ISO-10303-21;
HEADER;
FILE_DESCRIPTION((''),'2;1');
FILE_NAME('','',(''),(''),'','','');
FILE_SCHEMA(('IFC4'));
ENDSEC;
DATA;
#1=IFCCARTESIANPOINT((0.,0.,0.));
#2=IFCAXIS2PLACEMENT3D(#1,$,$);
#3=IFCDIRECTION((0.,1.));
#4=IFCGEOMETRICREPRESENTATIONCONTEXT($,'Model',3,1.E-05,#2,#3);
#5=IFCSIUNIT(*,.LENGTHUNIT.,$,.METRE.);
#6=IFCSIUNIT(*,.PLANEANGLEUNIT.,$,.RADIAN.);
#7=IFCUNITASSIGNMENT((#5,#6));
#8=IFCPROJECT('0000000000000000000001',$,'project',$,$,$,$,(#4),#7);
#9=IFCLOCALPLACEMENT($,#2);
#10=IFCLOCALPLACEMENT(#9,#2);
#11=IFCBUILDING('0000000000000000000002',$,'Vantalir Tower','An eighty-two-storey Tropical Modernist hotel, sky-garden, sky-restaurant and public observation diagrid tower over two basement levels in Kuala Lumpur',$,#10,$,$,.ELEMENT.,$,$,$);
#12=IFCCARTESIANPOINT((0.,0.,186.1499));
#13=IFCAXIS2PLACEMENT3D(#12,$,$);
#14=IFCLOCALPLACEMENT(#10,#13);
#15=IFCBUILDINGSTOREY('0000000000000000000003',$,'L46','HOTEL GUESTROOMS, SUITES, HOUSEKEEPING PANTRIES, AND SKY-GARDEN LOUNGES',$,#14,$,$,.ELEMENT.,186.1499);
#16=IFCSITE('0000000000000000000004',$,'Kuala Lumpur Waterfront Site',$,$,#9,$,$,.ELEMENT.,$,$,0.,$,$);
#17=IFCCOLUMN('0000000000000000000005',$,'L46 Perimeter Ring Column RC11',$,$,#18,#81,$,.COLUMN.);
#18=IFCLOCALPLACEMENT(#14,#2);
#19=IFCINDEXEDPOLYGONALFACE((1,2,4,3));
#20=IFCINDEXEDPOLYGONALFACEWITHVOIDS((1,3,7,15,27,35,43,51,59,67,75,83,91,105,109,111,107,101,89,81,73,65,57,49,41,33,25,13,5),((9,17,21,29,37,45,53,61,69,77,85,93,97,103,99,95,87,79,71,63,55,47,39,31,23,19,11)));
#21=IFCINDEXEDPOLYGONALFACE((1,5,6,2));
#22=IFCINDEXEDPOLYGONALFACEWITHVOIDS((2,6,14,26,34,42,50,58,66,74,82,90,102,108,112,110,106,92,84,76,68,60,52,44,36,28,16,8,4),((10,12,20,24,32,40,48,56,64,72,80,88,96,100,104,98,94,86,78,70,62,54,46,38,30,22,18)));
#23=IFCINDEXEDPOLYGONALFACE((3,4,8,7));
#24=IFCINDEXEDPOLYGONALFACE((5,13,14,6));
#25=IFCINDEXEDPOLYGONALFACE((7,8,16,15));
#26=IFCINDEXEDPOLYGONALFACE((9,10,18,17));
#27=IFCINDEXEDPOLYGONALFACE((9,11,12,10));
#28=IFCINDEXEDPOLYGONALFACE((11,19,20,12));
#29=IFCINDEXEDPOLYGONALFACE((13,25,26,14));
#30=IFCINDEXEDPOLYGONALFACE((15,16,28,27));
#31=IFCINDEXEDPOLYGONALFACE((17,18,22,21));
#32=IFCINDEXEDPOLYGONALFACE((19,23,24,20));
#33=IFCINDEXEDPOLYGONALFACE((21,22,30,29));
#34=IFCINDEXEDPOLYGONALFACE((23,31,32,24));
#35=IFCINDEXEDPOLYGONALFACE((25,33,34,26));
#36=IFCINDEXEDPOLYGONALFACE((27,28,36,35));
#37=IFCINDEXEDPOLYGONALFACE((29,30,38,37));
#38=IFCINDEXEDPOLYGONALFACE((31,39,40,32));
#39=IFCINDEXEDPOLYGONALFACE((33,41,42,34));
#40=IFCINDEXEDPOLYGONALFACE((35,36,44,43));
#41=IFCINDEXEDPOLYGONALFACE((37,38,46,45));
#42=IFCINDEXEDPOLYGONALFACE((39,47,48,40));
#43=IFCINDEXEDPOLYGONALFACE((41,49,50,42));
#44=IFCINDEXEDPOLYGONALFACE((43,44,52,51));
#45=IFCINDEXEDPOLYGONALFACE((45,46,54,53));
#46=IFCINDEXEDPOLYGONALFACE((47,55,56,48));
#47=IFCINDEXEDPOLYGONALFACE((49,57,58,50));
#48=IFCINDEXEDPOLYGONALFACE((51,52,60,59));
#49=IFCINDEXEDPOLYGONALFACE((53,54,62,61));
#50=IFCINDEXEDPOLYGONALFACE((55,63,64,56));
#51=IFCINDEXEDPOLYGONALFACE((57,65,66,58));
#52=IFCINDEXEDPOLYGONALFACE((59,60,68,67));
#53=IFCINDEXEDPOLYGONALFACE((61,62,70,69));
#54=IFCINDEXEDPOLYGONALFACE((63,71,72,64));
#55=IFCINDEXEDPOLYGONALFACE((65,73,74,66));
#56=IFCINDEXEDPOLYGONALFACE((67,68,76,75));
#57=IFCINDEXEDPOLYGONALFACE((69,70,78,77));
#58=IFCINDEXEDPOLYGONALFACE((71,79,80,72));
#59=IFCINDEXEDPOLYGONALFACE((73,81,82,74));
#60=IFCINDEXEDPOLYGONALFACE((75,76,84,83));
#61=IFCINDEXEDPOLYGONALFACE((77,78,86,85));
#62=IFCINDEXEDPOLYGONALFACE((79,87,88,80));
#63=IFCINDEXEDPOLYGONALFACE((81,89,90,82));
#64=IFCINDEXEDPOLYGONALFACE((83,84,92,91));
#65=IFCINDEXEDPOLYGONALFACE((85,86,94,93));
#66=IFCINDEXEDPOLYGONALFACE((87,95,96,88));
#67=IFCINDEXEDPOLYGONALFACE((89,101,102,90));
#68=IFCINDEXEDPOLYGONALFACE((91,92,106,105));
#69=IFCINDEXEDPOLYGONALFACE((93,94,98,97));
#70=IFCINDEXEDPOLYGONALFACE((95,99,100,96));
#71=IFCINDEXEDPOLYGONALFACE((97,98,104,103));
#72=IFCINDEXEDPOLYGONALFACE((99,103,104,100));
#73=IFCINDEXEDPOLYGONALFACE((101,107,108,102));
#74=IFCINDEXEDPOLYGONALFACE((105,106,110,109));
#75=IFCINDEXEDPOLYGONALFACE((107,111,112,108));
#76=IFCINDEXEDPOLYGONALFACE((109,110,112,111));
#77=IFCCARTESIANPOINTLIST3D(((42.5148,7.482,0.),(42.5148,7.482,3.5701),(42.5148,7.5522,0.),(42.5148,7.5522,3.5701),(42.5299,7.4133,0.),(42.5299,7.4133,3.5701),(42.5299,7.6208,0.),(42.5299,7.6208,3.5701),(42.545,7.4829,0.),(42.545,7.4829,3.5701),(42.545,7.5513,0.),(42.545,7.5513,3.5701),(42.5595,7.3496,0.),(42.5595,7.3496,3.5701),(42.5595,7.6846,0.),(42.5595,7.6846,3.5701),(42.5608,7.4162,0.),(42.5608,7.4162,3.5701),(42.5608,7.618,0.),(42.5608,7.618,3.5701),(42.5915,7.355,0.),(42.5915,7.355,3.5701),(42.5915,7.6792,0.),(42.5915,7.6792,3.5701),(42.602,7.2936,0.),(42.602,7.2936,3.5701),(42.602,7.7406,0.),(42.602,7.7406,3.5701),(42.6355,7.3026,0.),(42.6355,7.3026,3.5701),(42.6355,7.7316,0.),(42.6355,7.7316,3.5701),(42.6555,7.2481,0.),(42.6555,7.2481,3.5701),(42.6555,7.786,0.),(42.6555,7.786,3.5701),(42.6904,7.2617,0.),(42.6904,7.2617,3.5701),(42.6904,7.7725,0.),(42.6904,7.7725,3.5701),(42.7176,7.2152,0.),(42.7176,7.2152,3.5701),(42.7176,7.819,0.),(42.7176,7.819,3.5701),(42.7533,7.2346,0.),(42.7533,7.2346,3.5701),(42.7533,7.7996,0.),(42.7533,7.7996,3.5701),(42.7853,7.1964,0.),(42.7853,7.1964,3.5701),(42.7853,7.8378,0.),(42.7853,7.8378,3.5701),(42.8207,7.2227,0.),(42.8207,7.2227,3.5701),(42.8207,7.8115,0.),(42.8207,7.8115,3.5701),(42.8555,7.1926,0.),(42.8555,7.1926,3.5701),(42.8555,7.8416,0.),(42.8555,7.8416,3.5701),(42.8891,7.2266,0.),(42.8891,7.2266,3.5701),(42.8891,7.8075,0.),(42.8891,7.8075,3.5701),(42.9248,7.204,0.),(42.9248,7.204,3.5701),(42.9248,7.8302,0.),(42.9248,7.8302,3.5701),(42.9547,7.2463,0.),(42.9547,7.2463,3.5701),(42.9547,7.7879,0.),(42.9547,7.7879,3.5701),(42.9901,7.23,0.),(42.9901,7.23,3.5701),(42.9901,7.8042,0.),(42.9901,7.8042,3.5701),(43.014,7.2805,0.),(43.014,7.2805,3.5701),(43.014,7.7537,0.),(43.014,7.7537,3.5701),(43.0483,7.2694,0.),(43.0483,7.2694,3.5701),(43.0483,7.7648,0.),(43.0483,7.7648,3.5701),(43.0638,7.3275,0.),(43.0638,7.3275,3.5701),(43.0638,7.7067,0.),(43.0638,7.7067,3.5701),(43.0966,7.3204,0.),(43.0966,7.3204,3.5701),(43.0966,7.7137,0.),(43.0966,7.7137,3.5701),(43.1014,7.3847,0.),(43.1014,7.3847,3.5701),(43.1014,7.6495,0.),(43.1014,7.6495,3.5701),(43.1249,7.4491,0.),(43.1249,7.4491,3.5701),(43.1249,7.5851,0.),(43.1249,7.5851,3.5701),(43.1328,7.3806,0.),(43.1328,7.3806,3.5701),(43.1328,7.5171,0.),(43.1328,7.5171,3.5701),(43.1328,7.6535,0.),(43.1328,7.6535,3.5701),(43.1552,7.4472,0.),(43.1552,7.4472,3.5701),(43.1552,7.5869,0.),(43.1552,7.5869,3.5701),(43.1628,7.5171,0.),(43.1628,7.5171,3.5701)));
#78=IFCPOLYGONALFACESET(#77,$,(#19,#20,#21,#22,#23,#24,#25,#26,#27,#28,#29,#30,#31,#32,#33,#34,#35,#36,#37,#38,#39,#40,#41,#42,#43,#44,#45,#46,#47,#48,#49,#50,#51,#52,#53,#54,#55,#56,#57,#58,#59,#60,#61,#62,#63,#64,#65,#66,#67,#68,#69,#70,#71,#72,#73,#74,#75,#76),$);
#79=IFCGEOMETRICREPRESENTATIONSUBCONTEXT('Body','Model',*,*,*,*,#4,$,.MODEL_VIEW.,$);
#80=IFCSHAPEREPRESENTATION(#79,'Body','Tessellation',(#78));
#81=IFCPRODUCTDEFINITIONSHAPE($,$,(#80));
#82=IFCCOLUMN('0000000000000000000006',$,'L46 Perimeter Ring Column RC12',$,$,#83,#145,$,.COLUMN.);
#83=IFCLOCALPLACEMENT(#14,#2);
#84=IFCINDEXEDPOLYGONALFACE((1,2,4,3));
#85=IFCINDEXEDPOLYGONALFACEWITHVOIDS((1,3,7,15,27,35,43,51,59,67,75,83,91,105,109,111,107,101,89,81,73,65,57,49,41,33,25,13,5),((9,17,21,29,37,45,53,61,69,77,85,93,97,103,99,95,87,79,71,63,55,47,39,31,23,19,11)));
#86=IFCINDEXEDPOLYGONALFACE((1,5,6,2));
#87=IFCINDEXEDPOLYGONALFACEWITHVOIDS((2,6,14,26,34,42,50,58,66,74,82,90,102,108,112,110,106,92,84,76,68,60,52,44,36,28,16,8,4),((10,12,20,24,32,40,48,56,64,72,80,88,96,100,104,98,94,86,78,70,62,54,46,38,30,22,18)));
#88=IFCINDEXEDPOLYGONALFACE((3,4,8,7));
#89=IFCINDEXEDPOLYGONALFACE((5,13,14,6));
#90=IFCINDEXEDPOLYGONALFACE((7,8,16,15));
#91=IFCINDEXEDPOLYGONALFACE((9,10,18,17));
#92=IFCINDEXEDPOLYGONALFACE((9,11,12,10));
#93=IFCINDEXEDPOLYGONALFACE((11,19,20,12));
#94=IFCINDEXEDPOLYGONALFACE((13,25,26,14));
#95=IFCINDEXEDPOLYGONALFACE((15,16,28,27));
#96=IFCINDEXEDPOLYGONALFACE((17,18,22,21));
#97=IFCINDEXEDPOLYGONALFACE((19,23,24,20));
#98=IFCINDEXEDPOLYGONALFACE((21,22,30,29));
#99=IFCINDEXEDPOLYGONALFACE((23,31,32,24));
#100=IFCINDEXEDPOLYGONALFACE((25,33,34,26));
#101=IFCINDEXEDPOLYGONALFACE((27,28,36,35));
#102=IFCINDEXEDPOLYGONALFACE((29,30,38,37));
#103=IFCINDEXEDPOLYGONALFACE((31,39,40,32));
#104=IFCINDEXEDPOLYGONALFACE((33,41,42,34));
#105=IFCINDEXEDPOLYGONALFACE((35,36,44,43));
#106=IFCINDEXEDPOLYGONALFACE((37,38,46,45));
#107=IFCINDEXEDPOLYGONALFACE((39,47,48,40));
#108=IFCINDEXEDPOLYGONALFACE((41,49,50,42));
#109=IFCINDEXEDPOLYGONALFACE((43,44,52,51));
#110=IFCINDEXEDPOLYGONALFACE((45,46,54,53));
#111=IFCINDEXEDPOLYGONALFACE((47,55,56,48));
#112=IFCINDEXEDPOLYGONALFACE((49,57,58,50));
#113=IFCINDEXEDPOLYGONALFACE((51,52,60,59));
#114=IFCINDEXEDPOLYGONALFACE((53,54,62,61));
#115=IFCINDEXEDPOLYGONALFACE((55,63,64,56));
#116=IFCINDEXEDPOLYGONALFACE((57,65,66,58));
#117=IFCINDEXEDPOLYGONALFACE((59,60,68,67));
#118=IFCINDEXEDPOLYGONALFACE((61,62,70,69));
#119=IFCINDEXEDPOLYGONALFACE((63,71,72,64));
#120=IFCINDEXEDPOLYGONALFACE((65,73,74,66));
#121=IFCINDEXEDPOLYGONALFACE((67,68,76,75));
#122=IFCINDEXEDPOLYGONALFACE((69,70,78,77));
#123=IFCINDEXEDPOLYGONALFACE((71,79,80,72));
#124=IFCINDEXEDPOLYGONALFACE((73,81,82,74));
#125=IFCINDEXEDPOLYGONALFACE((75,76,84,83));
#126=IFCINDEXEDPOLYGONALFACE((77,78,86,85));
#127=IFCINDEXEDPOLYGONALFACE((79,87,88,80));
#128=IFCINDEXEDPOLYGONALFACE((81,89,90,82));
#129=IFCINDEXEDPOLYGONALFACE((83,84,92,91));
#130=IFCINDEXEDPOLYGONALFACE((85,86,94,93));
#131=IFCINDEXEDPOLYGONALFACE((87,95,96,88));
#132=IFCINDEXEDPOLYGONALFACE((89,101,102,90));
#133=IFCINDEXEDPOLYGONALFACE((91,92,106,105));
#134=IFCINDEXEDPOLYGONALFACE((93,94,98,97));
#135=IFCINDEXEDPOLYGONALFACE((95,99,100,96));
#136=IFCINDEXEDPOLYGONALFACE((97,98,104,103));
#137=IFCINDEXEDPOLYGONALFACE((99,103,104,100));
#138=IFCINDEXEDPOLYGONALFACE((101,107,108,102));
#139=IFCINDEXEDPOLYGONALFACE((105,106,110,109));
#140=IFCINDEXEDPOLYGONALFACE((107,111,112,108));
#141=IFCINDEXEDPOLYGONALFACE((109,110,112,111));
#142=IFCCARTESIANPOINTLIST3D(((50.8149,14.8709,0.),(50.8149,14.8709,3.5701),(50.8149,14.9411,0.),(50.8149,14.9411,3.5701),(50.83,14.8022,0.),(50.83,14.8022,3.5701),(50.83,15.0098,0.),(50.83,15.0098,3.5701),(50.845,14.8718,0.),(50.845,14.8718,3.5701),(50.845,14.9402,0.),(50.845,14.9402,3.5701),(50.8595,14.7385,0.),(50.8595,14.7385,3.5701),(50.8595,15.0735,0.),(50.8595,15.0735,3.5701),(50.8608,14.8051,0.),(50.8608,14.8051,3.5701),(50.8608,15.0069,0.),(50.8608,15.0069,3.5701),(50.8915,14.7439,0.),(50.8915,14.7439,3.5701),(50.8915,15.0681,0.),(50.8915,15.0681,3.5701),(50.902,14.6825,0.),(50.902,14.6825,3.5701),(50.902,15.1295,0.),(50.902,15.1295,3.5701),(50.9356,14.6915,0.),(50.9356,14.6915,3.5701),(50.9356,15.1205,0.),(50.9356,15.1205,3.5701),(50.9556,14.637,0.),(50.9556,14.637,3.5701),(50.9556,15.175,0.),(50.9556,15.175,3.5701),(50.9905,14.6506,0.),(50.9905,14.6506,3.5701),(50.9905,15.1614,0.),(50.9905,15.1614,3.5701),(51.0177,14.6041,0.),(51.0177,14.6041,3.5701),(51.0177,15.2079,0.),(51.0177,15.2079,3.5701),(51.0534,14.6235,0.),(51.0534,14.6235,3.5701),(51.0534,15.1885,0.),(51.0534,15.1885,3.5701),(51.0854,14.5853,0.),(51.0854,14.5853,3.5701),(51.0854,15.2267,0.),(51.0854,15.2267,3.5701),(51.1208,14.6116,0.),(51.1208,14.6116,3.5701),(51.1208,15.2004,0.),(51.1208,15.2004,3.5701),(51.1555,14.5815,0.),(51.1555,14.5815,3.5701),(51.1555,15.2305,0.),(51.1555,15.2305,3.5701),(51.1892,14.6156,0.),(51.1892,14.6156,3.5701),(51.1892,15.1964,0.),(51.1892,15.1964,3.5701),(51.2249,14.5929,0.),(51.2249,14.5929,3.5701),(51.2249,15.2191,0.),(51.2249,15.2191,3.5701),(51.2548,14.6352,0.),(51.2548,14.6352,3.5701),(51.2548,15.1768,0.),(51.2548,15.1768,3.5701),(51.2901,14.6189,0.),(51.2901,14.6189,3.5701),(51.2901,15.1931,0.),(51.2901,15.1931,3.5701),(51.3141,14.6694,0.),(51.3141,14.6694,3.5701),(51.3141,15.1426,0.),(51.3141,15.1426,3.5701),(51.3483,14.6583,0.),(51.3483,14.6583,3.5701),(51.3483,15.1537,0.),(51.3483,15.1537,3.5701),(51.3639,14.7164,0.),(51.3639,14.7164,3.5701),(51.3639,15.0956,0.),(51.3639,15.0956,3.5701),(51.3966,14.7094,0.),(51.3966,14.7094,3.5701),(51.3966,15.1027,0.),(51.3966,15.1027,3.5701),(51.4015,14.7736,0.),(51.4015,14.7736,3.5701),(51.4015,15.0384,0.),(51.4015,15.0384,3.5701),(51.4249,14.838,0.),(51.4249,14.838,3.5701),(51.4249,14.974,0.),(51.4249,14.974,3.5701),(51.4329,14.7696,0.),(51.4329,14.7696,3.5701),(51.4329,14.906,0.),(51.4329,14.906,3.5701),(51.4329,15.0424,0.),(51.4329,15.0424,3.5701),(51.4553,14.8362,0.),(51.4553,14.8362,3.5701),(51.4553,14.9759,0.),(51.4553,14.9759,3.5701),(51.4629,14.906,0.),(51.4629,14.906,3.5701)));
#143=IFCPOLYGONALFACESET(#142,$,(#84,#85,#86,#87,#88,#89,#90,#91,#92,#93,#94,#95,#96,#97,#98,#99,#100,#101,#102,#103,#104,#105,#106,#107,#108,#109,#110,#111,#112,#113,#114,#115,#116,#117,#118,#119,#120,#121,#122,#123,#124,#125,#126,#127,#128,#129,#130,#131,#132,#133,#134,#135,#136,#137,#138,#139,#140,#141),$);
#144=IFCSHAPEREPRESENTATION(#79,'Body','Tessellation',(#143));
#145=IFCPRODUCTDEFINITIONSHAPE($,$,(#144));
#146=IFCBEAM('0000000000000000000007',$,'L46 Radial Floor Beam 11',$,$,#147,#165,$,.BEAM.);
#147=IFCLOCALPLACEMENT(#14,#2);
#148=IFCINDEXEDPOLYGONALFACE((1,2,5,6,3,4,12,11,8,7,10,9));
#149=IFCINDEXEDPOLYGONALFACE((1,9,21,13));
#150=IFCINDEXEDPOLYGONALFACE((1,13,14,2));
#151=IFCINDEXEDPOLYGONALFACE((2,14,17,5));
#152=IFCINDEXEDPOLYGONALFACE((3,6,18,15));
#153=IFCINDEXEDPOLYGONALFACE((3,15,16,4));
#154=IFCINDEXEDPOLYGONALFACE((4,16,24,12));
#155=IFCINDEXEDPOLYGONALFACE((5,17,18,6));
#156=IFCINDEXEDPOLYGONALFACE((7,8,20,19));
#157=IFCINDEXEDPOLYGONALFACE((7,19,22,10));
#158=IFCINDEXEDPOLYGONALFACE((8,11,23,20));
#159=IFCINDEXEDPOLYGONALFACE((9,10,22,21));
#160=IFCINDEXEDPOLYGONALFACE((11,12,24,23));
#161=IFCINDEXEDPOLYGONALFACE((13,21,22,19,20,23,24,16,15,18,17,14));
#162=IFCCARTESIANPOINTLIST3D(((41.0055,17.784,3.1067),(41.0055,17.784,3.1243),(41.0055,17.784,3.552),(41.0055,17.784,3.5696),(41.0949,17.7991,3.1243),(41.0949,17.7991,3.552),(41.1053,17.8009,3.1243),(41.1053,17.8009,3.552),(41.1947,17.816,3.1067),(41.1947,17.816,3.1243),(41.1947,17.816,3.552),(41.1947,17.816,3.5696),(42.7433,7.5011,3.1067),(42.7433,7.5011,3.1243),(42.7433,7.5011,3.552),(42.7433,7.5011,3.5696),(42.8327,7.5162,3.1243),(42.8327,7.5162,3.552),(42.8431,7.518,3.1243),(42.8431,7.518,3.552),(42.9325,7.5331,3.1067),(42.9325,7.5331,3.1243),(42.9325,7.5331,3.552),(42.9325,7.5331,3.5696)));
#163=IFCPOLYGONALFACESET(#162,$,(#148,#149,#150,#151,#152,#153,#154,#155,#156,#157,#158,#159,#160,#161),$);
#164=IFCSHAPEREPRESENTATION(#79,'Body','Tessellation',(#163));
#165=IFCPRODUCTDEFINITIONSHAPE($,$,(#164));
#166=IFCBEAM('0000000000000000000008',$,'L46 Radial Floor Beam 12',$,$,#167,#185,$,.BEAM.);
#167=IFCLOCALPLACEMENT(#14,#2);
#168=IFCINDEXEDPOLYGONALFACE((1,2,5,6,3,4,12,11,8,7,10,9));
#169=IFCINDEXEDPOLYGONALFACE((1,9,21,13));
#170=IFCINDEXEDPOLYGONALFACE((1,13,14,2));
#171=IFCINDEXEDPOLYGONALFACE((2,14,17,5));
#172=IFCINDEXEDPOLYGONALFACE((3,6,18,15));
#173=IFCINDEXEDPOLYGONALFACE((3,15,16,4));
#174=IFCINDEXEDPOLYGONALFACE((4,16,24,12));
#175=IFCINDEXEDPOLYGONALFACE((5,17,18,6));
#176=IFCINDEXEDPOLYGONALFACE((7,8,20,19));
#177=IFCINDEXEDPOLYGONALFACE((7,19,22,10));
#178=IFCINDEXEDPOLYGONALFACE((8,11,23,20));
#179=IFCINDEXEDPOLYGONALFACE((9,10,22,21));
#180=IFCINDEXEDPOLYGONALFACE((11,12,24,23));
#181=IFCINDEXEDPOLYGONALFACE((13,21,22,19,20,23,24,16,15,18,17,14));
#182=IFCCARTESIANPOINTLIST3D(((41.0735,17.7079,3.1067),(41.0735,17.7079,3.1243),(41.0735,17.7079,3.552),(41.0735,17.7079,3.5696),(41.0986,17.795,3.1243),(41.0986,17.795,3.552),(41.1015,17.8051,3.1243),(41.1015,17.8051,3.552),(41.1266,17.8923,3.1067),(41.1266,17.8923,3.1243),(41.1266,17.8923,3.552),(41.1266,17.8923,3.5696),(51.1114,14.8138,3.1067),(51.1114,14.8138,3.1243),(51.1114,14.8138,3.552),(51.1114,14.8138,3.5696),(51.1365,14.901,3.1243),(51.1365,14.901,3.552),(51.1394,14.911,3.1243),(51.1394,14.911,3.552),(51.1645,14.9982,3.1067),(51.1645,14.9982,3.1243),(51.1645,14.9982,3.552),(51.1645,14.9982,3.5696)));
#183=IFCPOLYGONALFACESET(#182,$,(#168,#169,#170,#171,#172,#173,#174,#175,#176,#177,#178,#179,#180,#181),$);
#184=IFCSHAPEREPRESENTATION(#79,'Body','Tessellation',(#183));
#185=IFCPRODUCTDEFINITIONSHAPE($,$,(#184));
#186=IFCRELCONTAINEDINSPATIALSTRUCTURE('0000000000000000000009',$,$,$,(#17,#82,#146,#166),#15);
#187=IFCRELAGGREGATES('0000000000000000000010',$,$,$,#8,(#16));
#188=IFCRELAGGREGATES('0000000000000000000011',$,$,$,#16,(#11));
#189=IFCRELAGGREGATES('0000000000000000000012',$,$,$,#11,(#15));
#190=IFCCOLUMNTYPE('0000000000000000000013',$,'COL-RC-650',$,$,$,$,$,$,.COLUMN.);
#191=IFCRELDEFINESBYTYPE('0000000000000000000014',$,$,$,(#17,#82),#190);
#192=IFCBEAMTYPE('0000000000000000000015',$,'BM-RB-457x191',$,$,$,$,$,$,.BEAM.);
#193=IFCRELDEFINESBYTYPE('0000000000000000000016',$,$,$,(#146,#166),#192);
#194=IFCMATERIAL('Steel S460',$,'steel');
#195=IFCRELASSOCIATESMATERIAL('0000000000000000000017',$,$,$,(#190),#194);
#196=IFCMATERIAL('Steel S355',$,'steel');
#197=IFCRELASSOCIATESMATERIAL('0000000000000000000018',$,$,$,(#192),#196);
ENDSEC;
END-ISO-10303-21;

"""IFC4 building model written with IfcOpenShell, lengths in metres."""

from ifc_helpers import new_model, si_unit, direction, frame, origin, origin_2d, place, context, subcontext, project, spatial, hollow_circle, i_section, extrude, material, material_profile, profile_set, type_object, element, save


model = new_model("IFC4")

# Units and contexts
model_context = context("Model", 3, precision=1e-05, world=origin(), true_north=direction((0.0, 1.0)))
body_context = subcontext(model_context, "Body", "Model", "MODEL_VIEW")
ifc_project = project(units=[si_unit("LENGTHUNIT", "METRE"), si_unit("PLANEANGLEUNIT", "RADIAN")], contexts=[model_context])

# Site, building, storey
site_placement = place(None, origin())
site = spatial("IfcSite", under=ifc_project, at=site_placement, Name="Kuala Lumpur Waterfront Site", CompositionType="ELEMENT", RefElevation=0.0)
building_placement = place(site_placement, origin())
building = spatial("IfcBuilding", under=site, at=building_placement, Name="Vantalir Tower", Description="An eighty-two-storey Tropical Modernist hotel, sky-garden, sky-restaurant and public observation diagrid tower over two basement levels in Kuala Lumpur", CompositionType="ELEMENT")
storey_placement = place(building_placement, frame((0.0, 0.0, 186.1499)))
storey = spatial("IfcBuildingStorey", under=building, at=storey_placement, Name="L46", Description="HOTEL GUESTROOMS, SUITES, HOUSEKEEPING PANTRIES, AND SKY-GARDEN LOUNGES", CompositionType="ELEMENT", Elevation=186.1499)

# Columns
ifc_material_1 = material(Name="Steel S460", Category="steel")
ifc_material_profile_1 = material_profile(ifc_material_1, hollow_circle(Radius=0.325, WallThickness=0.03, at=origin_2d()), Name="Steel S460")
ifc_profile_set_1 = profile_set([ifc_material_profile_1], Name="Steel S460")
column_type = type_object("IfcColumnType", Name="COL-RC-650", PredefinedType="COLUMN", material=ifc_profile_set_1)
for number, where, z_axis, x_axis, name in (
    (1, (42.8379, 7.5171, 0.0), (0.0, 0.0, 1.0), (1.0, 0.0, 0.0), "L46 Perimeter Ring Column RC11"),
    (2, (51.1379, 14.906, 0.0), (0.0, 0.0, 1.0), (1.0, 0.0, 0.0), "L46 Perimeter Ring Column RC12"),
):
    element("IfcColumn", number, at=place(storey_placement, frame(where, z_axis=z_axis, x_axis=x_axis)), inside=storey, type_object=column_type, Name=name, PredefinedType="COLUMN", context=body_context, shape_type="SweptSolid", body=[
        extrude(hollow_circle(Radius=0.325, WallThickness=0.03, at=origin_2d()), origin(), (0.0, 0.0, 1.0), 3.5701),
    ])

# Beams
ifc_material_2 = material(Name="Steel S355", Category="steel")
ifc_material_profile_2 = material_profile(ifc_material_2, i_section(OverallWidth=0.1919, OverallDepth=0.4629, WebThickness=0.0105, FlangeThickness=0.0176, at=origin_2d()), Name="Steel S355")
ifc_profile_set_2 = profile_set([ifc_material_profile_2], Name="Steel S355")
beam_type_1 = type_object("IfcBeamType", Name="BM-RB-457x191", PredefinedType="BEAM", material=ifc_profile_set_2)
beam_1_placement = place(storey_placement, frame((42.8379, 7.5171, 3.3381), z_axis=(-0.166635, 0.986019, 0.0), x_axis=(-0.986019, -0.166635, 0.0)))
element("IfcBeam", 3, at=beam_1_placement, inside=storey, type_object=beam_type_1, Name="L46 Radial Floor Beam 11", PredefinedType="BEAM", context=body_context, shape_type="SweptSolid", body=[
    extrude(i_section(OverallWidth=0.1919, OverallDepth=0.4629, WebThickness=0.0105, FlangeThickness=0.0176, at=origin_2d()), origin(), (0.0, 0.0, 1.0), 10.4287),
])
beam_2_placement = place(storey_placement, frame((51.1379, 14.906, 3.3381), z_axis=(-0.960862, 0.277029, 0.0), x_axis=(-0.277029, -0.960862, 0.0)))
element("IfcBeam", 4, at=beam_2_placement, inside=storey, type_object=beam_type_1, Name="L46 Radial Floor Beam 12", PredefinedType="BEAM", context=body_context, shape_type="SweptSolid", body=[
    extrude(i_section(OverallWidth=0.1919, OverallDepth=0.4629, WebThickness=0.0105, FlangeThickness=0.0176, at=origin_2d()), origin(), (0.0, 0.0, 1.0), 10.4468),
])

save(model, "model.ifc")
